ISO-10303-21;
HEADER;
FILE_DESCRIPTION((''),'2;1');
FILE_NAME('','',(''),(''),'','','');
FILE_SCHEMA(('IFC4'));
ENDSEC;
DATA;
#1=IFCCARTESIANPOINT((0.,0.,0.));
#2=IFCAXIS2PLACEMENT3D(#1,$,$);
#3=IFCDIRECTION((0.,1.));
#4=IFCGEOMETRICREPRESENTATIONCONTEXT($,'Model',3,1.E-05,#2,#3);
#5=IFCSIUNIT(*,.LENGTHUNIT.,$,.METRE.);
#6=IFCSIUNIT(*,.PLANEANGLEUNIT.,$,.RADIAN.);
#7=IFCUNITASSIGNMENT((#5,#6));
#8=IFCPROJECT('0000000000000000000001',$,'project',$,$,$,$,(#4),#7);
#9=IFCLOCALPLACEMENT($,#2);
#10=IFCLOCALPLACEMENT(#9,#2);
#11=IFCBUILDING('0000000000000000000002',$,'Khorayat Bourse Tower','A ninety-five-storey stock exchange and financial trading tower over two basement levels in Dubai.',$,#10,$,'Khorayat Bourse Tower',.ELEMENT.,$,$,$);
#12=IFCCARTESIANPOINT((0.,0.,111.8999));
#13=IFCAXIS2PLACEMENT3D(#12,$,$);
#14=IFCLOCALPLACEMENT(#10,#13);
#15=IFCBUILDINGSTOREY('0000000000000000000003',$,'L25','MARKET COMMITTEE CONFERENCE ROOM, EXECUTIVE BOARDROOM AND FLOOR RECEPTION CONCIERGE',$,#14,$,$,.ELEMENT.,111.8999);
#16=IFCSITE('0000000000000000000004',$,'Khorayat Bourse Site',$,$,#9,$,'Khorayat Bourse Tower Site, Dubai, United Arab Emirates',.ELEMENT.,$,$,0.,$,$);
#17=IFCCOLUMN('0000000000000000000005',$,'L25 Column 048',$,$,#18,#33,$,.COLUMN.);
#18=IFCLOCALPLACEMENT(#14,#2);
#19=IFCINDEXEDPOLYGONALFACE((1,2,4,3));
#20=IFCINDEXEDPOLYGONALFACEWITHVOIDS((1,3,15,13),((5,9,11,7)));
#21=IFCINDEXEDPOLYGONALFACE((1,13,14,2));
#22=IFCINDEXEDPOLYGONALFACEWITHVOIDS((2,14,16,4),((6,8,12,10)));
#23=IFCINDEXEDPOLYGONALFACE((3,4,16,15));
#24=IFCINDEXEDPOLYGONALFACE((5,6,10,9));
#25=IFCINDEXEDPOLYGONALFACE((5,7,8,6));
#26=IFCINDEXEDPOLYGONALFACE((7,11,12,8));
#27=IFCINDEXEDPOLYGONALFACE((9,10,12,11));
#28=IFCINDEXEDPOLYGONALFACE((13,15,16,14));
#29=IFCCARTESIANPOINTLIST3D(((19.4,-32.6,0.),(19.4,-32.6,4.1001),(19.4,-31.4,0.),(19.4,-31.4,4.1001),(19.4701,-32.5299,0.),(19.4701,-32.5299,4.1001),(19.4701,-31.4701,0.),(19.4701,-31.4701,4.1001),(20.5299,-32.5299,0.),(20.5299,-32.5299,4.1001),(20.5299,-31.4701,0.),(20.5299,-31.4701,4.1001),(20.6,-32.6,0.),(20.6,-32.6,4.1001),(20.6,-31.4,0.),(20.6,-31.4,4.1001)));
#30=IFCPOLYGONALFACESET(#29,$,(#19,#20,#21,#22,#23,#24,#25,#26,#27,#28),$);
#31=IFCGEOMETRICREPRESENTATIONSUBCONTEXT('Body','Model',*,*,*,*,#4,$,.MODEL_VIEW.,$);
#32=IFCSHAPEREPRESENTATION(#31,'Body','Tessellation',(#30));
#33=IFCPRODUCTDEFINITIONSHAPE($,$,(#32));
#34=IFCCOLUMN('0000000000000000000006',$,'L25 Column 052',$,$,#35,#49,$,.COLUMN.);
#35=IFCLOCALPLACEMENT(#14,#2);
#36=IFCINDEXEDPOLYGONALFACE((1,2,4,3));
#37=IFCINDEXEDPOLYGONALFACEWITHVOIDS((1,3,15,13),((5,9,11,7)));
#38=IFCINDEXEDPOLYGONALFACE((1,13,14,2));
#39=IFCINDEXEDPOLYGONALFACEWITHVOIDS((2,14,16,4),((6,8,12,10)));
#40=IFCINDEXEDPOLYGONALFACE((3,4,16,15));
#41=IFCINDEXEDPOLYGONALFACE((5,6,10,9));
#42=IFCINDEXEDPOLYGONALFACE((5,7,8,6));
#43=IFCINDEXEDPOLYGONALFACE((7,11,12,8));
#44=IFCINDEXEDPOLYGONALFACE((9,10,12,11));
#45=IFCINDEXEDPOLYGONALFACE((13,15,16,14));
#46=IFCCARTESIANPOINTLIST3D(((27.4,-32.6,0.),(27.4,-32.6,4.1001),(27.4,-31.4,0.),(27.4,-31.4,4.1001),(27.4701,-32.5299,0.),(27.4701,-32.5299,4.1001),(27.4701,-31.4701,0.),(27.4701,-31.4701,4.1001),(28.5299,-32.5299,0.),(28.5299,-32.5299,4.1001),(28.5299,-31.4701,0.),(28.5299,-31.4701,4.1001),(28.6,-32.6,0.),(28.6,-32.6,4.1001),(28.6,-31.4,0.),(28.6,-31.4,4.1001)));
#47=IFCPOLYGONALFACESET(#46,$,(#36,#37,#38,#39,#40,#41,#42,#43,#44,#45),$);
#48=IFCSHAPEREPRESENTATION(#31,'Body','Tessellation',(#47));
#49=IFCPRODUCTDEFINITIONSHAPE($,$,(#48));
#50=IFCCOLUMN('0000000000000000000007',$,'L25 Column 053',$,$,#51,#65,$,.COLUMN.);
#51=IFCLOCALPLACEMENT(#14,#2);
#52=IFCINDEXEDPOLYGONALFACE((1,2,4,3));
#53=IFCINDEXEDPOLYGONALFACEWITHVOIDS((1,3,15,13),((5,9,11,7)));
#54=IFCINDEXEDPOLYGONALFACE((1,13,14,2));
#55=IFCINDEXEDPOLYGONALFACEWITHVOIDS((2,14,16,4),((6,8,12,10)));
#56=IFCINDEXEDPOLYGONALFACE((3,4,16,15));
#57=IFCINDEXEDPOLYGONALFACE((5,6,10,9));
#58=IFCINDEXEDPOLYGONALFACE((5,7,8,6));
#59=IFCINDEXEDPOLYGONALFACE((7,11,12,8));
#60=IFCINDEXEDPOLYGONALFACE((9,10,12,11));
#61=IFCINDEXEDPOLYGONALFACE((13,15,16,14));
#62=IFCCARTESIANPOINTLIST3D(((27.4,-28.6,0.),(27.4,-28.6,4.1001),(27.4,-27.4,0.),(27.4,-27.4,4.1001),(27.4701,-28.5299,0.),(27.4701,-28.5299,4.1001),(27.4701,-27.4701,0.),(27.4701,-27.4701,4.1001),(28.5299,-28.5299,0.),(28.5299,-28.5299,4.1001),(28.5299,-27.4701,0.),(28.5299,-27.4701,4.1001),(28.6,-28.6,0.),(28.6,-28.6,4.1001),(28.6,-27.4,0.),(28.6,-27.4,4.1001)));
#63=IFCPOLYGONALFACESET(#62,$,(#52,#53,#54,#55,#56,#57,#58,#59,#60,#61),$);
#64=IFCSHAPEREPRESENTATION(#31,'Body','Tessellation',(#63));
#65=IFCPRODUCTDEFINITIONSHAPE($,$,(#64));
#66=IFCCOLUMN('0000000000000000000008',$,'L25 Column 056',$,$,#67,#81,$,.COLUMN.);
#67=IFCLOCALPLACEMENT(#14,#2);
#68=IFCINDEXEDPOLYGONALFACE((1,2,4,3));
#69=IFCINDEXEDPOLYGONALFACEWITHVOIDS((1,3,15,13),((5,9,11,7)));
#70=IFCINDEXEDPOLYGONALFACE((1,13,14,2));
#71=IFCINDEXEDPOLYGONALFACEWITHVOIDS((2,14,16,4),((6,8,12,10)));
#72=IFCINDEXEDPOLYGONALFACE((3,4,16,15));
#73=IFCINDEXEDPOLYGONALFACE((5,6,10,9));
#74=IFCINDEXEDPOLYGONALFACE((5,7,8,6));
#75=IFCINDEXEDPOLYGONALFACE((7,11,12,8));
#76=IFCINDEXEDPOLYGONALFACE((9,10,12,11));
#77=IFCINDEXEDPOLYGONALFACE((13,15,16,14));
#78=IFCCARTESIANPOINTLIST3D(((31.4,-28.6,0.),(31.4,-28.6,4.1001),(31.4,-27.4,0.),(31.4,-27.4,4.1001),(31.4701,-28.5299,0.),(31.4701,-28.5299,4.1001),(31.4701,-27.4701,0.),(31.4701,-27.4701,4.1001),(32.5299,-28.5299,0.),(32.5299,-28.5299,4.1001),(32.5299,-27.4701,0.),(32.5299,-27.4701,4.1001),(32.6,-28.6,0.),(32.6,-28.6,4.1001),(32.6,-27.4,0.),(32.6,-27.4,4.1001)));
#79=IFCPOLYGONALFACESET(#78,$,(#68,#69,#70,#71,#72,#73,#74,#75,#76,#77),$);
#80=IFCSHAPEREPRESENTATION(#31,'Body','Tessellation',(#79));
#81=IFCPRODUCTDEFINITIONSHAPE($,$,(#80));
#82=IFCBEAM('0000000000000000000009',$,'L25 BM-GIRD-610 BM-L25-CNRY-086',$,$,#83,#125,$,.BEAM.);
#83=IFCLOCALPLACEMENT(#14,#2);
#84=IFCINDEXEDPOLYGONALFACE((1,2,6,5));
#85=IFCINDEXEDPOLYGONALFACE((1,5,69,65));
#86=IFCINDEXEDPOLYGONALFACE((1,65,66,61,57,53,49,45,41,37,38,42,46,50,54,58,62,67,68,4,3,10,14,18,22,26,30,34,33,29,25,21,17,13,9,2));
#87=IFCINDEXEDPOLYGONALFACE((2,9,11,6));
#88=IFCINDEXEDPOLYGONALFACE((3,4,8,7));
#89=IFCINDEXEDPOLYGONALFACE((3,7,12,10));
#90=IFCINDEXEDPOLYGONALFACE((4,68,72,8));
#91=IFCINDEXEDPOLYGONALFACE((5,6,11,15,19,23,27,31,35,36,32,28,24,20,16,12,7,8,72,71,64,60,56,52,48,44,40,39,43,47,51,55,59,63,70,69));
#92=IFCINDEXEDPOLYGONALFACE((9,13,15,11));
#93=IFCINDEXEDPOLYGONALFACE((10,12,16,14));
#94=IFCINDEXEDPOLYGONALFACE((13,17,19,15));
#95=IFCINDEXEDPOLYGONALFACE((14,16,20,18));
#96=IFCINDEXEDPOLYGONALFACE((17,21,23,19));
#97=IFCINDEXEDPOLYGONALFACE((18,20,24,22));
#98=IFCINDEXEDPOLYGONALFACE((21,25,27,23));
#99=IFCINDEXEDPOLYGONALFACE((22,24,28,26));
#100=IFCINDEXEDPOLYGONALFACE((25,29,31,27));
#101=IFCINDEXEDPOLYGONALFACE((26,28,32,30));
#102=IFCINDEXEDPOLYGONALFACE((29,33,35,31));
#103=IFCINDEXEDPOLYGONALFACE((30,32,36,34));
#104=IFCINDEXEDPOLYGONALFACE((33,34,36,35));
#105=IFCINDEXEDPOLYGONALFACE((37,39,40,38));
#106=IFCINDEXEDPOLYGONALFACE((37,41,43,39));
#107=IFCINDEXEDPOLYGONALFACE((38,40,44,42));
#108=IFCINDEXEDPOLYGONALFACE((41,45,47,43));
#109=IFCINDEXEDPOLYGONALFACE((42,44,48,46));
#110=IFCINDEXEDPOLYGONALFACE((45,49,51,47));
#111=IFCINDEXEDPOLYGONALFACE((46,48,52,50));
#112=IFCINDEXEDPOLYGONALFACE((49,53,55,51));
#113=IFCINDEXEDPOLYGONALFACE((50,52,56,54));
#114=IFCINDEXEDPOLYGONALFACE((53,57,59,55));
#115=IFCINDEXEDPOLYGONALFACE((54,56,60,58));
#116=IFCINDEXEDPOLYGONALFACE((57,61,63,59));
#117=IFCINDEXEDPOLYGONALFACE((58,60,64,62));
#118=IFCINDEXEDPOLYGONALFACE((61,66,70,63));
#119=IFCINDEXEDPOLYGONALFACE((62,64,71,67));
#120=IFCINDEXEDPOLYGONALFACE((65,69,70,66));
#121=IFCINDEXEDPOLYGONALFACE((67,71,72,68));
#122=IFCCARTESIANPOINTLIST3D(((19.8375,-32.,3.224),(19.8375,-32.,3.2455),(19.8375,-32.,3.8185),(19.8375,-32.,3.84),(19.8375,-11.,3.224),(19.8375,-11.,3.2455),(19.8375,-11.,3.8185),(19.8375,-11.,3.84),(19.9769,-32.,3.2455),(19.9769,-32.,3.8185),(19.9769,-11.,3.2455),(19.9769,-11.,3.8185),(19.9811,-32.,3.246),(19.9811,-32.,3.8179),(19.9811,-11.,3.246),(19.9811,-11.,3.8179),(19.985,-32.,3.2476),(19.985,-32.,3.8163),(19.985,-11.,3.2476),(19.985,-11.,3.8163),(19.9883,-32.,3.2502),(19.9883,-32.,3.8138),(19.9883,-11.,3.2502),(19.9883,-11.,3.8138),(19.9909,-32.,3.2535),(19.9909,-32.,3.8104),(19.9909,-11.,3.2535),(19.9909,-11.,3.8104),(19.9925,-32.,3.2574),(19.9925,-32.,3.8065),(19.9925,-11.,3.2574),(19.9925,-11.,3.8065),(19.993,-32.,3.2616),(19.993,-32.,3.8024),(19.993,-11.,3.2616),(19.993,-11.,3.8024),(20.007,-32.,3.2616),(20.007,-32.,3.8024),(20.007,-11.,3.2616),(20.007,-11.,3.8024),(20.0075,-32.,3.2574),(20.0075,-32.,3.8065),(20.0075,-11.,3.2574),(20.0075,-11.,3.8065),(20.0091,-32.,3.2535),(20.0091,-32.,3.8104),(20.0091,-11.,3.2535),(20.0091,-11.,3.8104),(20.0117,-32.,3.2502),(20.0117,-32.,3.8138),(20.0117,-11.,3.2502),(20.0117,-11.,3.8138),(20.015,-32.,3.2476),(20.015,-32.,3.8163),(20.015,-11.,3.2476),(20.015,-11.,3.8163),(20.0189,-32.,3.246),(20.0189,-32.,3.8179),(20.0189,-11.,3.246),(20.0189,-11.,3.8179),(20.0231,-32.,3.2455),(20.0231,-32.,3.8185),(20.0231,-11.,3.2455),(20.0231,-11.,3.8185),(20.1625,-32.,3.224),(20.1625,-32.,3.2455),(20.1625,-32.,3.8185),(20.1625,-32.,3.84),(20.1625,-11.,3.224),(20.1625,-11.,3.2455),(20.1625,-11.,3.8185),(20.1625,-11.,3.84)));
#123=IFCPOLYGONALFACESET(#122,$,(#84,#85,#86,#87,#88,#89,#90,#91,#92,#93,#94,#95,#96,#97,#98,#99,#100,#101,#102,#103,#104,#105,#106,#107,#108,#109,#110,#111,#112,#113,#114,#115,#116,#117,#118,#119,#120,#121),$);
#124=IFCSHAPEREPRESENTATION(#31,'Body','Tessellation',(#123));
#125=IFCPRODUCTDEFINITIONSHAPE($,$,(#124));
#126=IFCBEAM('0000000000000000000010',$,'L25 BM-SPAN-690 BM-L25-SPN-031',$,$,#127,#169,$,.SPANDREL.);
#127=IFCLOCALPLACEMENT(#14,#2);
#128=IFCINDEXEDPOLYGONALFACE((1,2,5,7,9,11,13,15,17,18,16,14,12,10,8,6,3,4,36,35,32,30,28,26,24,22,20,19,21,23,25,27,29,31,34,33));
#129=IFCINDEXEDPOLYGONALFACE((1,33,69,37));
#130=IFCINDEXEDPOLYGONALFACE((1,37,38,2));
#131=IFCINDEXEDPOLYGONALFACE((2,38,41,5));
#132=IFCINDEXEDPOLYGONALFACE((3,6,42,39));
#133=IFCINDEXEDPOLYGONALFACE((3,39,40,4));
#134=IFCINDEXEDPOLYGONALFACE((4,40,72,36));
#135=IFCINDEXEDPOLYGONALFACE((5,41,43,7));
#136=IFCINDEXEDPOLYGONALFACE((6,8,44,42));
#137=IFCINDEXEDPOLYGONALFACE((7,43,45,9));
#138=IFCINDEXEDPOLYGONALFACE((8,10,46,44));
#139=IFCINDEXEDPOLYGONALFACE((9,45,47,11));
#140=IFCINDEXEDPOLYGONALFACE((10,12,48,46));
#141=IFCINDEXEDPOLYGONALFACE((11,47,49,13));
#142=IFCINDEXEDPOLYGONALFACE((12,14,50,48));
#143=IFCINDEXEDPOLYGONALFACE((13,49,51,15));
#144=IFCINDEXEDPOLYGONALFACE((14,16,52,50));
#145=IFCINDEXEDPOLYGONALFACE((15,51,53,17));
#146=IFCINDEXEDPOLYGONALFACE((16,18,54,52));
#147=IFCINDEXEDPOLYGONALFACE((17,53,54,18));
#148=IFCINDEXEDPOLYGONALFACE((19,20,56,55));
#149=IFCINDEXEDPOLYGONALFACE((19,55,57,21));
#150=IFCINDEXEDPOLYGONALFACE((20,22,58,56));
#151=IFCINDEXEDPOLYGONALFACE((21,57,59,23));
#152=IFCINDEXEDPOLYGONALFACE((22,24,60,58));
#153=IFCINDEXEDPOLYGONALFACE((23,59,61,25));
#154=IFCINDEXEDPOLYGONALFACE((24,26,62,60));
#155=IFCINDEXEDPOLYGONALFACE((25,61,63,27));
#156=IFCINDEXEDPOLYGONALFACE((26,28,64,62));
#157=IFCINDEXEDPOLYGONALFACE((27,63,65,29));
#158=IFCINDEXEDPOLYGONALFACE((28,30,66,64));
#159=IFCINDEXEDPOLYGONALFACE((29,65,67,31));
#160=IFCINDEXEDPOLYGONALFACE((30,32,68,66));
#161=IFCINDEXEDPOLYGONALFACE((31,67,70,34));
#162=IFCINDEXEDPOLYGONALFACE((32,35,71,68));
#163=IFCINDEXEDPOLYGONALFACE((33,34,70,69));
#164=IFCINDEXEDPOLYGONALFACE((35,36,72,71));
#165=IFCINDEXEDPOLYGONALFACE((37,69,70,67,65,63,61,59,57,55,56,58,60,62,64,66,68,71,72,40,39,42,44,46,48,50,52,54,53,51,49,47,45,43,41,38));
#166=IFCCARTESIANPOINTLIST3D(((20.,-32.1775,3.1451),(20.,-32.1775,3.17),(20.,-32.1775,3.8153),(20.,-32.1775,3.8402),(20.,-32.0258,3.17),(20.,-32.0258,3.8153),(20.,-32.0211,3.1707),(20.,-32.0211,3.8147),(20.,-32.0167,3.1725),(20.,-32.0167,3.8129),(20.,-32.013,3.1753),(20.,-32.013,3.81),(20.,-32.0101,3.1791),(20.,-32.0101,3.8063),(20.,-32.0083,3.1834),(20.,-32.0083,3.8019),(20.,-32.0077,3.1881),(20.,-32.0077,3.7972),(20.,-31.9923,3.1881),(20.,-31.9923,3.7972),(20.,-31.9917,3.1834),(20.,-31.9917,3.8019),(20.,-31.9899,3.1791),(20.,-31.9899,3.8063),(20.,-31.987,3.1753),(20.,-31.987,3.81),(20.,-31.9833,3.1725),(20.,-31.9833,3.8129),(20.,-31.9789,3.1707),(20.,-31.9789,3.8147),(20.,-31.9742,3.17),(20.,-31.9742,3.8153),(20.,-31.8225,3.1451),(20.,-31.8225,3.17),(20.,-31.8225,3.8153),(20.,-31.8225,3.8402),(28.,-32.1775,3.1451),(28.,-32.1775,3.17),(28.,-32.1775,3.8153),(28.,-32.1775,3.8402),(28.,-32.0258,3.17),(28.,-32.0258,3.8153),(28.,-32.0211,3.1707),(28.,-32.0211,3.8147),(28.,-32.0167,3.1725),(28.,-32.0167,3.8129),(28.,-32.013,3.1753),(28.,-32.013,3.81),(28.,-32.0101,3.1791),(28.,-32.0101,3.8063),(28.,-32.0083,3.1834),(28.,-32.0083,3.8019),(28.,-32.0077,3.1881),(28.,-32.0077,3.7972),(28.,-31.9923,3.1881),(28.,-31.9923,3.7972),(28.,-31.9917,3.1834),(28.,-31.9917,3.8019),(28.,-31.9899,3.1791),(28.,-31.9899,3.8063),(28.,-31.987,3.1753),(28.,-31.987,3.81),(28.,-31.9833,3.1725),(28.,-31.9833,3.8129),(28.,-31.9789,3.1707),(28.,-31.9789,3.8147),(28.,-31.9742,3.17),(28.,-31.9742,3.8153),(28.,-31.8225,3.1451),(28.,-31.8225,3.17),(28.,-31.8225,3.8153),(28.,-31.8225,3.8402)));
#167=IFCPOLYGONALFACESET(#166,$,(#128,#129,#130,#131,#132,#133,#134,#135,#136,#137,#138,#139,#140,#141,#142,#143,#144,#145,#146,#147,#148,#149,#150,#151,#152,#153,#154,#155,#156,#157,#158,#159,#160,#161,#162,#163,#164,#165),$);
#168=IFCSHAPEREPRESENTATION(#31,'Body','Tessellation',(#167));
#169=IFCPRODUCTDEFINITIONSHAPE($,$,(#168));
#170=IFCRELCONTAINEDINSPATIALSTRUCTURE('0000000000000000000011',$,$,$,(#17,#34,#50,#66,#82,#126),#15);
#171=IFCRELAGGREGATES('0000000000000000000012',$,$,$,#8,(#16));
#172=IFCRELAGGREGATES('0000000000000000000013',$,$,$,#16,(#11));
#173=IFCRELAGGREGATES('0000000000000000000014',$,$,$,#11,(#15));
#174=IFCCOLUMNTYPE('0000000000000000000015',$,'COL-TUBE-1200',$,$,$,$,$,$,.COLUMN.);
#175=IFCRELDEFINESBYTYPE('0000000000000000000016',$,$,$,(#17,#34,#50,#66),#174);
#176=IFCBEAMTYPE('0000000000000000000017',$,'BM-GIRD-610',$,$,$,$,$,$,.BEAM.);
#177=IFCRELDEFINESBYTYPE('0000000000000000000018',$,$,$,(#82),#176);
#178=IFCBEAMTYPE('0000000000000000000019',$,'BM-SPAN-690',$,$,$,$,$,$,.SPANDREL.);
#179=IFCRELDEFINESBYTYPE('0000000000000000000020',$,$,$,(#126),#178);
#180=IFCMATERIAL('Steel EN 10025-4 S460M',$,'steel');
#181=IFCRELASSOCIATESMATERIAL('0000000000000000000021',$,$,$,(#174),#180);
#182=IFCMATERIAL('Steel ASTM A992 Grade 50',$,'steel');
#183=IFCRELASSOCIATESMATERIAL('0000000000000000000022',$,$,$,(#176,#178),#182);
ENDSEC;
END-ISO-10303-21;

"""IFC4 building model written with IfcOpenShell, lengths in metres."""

from ifc_helpers import new_model, si_unit, direction, frame, origin, origin_2d, place, context, subcontext, project, spatial, hollow_rectangle, i_section, extrude, source, transform, mapped, material, material_profile, profile_set, type_object, element, save


model = new_model("IFC4")

# Units and contexts
model_context = context("Model", 3, precision=1e-05, world=origin(), true_north=direction((0.0, 1.0)))
body_context = subcontext(model_context, "Body", "Model", "MODEL_VIEW")
ifc_project = project(units=[si_unit("LENGTHUNIT", "METRE"), si_unit("PLANEANGLEUNIT", "RADIAN")], contexts=[model_context])

# Site, building, storey
site_placement = place(None, origin())
site = spatial("IfcSite", under=ifc_project, at=site_placement, Name="Khorayat Bourse Site", LongName="Khorayat Bourse Tower Site, Dubai, United Arab Emirates", CompositionType="ELEMENT", RefElevation=0.0)
building_placement = place(site_placement, origin())
building = spatial("IfcBuilding", under=site, at=building_placement, Name="Khorayat Bourse Tower", Description="A ninety-five-storey stock exchange and financial trading tower over two basement levels in Dubai.", LongName="Khorayat Bourse Tower", CompositionType="ELEMENT")
storey_placement = place(building_placement, frame((0.0, 0.0, 111.8999)))
storey = spatial("IfcBuildingStorey", under=building, at=storey_placement, Name="L25", Description="MARKET COMMITTEE CONFERENCE ROOM, EXECUTIVE BOARDROOM AND FLOOR RECEPTION CONCIERGE", CompositionType="ELEMENT", Elevation=111.8999)

# Columns
ifc_material_1 = material(Name="Steel EN 10025-4 S460M", Category="steel")
ifc_material_profile_1 = material_profile(ifc_material_1, hollow_rectangle(XDim=1.2, YDim=1.2, WallThickness=0.0701, at=origin_2d()), Name="BOX 1200x1200x70")
ifc_profile_set_1 = profile_set([ifc_material_profile_1], Name="Steel EN 10025-4 S460M")
column_type = type_object("IfcColumnType", Name="COL-TUBE-1200", PredefinedType="COLUMN", material=ifc_profile_set_1)
shared_shape_1 = source(origin(), body_context, "Body", "SweptSolid", [
    extrude(hollow_rectangle(XDim=1.2, YDim=1.2, WallThickness=0.0701, at=origin_2d()), origin(), (0.0, 0.0, 1.0), 4.1001),
])
for number, where, z_axis, x_axis, name in (
    (1, (20.0, -32.0, 0.0), (0.0, 0.0, 1.0), (1.0, 0.0, 0.0), "L25 Column 048"),
    (2, (28.0, -32.0, 0.0), (0.0, 0.0, 1.0), (1.0, 0.0, 0.0), "L25 Column 052"),
    (3, (28.0, -28.0, 0.0), (0.0, 0.0, 1.0), (1.0, 0.0, 0.0), "L25 Column 053"),
    (4, (32.0, -28.0, 0.0), (0.0, 0.0, 1.0), (1.0, 0.0, 0.0), "L25 Column 056"),
):
    element("IfcColumn", number, at=place(storey_placement, frame(where, z_axis=z_axis, x_axis=x_axis)), inside=storey, type_object=column_type, Name=name, PredefinedType="COLUMN", context=body_context, shape_type="MappedRepresentation", body=[
        mapped(shared_shape_1, transform((0.0, 0.0, 0.0), scale=1.0)),
    ])

# Beams
ifc_material_2 = material(Name="Steel ASTM A992 Grade 50", Category="steel")
ifc_material_profile_2 = material_profile(ifc_material_2, i_section(OverallWidth=0.325, OverallDepth=0.616, WebThickness=0.0139, FlangeThickness=0.0215, FilletRadius=0.0161, at=origin_2d()), Name="W610X174")
ifc_profile_set_2 = profile_set([ifc_material_profile_2], Name="Steel ASTM A992 Grade 50")
beam_type_1 = type_object("IfcBeamType", Name="BM-GIRD-610", PredefinedType="BEAM", material=ifc_profile_set_2)
shared_shape_2 = source(origin(), body_context, "Body", "SweptSolid", [
    extrude(i_section(OverallWidth=0.325, OverallDepth=0.616, WebThickness=0.0139, FlangeThickness=0.0215, FilletRadius=0.0161, at=origin_2d()), origin(), (0.0, 0.0, 1.0), 21.0),
])
beam_1_placement = place(storey_placement, frame((20.0, -32.0, 3.532), z_axis=(0.0, 1.0, 0.0), x_axis=(-1.0, 0.0, 0.0)))
element("IfcBeam", 5, at=beam_1_placement, inside=storey, type_object=beam_type_1, Name="L25 BM-GIRD-610 BM-L25-CNRY-086", PredefinedType="BEAM", context=body_context, shape_type="MappedRepresentation", body=[
    mapped(shared_shape_2, transform((0.0, 0.0, 0.0), scale=1.0)),
])
ifc_material_profile_3 = material_profile(ifc_material_2, i_section(OverallWidth=0.355, OverallDepth=0.6951, WebThickness=0.0154, FlangeThickness=0.0249, FilletRadius=0.0181, at=origin_2d()), Name="W690X217")
ifc_profile_set_3 = profile_set([ifc_material_profile_3], Name="Steel ASTM A992 Grade 50")
beam_type_2 = type_object("IfcBeamType", Name="BM-SPAN-690", PredefinedType="SPANDREL", material=ifc_profile_set_3)
shared_shape_3 = source(origin(), body_context, "Body", "SweptSolid", [
    extrude(i_section(OverallWidth=0.355, OverallDepth=0.6951, WebThickness=0.0154, FlangeThickness=0.0249, FilletRadius=0.0181, at=origin_2d()), origin(), (0.0, 0.0, 1.0), 8.0),
])
for number, where, z_axis, x_axis, name in (
    (6, (20.0, -32.0, 3.4927), (1.0, 0.0, 0.0), (0.0, 1.0, 0.0), "L25 BM-SPAN-690 BM-L25-SPN-031"),
):
    element("IfcBeam", number, at=place(storey_placement, frame(where, z_axis=z_axis, x_axis=x_axis)), inside=storey, type_object=beam_type_2, Name=name, PredefinedType="SPANDREL", context=body_context, shape_type="MappedRepresentation", body=[
        mapped(shared_shape_3, transform((0.0, 0.0, 0.0), scale=1.0)),
    ])

save(model, "model.ifc")
